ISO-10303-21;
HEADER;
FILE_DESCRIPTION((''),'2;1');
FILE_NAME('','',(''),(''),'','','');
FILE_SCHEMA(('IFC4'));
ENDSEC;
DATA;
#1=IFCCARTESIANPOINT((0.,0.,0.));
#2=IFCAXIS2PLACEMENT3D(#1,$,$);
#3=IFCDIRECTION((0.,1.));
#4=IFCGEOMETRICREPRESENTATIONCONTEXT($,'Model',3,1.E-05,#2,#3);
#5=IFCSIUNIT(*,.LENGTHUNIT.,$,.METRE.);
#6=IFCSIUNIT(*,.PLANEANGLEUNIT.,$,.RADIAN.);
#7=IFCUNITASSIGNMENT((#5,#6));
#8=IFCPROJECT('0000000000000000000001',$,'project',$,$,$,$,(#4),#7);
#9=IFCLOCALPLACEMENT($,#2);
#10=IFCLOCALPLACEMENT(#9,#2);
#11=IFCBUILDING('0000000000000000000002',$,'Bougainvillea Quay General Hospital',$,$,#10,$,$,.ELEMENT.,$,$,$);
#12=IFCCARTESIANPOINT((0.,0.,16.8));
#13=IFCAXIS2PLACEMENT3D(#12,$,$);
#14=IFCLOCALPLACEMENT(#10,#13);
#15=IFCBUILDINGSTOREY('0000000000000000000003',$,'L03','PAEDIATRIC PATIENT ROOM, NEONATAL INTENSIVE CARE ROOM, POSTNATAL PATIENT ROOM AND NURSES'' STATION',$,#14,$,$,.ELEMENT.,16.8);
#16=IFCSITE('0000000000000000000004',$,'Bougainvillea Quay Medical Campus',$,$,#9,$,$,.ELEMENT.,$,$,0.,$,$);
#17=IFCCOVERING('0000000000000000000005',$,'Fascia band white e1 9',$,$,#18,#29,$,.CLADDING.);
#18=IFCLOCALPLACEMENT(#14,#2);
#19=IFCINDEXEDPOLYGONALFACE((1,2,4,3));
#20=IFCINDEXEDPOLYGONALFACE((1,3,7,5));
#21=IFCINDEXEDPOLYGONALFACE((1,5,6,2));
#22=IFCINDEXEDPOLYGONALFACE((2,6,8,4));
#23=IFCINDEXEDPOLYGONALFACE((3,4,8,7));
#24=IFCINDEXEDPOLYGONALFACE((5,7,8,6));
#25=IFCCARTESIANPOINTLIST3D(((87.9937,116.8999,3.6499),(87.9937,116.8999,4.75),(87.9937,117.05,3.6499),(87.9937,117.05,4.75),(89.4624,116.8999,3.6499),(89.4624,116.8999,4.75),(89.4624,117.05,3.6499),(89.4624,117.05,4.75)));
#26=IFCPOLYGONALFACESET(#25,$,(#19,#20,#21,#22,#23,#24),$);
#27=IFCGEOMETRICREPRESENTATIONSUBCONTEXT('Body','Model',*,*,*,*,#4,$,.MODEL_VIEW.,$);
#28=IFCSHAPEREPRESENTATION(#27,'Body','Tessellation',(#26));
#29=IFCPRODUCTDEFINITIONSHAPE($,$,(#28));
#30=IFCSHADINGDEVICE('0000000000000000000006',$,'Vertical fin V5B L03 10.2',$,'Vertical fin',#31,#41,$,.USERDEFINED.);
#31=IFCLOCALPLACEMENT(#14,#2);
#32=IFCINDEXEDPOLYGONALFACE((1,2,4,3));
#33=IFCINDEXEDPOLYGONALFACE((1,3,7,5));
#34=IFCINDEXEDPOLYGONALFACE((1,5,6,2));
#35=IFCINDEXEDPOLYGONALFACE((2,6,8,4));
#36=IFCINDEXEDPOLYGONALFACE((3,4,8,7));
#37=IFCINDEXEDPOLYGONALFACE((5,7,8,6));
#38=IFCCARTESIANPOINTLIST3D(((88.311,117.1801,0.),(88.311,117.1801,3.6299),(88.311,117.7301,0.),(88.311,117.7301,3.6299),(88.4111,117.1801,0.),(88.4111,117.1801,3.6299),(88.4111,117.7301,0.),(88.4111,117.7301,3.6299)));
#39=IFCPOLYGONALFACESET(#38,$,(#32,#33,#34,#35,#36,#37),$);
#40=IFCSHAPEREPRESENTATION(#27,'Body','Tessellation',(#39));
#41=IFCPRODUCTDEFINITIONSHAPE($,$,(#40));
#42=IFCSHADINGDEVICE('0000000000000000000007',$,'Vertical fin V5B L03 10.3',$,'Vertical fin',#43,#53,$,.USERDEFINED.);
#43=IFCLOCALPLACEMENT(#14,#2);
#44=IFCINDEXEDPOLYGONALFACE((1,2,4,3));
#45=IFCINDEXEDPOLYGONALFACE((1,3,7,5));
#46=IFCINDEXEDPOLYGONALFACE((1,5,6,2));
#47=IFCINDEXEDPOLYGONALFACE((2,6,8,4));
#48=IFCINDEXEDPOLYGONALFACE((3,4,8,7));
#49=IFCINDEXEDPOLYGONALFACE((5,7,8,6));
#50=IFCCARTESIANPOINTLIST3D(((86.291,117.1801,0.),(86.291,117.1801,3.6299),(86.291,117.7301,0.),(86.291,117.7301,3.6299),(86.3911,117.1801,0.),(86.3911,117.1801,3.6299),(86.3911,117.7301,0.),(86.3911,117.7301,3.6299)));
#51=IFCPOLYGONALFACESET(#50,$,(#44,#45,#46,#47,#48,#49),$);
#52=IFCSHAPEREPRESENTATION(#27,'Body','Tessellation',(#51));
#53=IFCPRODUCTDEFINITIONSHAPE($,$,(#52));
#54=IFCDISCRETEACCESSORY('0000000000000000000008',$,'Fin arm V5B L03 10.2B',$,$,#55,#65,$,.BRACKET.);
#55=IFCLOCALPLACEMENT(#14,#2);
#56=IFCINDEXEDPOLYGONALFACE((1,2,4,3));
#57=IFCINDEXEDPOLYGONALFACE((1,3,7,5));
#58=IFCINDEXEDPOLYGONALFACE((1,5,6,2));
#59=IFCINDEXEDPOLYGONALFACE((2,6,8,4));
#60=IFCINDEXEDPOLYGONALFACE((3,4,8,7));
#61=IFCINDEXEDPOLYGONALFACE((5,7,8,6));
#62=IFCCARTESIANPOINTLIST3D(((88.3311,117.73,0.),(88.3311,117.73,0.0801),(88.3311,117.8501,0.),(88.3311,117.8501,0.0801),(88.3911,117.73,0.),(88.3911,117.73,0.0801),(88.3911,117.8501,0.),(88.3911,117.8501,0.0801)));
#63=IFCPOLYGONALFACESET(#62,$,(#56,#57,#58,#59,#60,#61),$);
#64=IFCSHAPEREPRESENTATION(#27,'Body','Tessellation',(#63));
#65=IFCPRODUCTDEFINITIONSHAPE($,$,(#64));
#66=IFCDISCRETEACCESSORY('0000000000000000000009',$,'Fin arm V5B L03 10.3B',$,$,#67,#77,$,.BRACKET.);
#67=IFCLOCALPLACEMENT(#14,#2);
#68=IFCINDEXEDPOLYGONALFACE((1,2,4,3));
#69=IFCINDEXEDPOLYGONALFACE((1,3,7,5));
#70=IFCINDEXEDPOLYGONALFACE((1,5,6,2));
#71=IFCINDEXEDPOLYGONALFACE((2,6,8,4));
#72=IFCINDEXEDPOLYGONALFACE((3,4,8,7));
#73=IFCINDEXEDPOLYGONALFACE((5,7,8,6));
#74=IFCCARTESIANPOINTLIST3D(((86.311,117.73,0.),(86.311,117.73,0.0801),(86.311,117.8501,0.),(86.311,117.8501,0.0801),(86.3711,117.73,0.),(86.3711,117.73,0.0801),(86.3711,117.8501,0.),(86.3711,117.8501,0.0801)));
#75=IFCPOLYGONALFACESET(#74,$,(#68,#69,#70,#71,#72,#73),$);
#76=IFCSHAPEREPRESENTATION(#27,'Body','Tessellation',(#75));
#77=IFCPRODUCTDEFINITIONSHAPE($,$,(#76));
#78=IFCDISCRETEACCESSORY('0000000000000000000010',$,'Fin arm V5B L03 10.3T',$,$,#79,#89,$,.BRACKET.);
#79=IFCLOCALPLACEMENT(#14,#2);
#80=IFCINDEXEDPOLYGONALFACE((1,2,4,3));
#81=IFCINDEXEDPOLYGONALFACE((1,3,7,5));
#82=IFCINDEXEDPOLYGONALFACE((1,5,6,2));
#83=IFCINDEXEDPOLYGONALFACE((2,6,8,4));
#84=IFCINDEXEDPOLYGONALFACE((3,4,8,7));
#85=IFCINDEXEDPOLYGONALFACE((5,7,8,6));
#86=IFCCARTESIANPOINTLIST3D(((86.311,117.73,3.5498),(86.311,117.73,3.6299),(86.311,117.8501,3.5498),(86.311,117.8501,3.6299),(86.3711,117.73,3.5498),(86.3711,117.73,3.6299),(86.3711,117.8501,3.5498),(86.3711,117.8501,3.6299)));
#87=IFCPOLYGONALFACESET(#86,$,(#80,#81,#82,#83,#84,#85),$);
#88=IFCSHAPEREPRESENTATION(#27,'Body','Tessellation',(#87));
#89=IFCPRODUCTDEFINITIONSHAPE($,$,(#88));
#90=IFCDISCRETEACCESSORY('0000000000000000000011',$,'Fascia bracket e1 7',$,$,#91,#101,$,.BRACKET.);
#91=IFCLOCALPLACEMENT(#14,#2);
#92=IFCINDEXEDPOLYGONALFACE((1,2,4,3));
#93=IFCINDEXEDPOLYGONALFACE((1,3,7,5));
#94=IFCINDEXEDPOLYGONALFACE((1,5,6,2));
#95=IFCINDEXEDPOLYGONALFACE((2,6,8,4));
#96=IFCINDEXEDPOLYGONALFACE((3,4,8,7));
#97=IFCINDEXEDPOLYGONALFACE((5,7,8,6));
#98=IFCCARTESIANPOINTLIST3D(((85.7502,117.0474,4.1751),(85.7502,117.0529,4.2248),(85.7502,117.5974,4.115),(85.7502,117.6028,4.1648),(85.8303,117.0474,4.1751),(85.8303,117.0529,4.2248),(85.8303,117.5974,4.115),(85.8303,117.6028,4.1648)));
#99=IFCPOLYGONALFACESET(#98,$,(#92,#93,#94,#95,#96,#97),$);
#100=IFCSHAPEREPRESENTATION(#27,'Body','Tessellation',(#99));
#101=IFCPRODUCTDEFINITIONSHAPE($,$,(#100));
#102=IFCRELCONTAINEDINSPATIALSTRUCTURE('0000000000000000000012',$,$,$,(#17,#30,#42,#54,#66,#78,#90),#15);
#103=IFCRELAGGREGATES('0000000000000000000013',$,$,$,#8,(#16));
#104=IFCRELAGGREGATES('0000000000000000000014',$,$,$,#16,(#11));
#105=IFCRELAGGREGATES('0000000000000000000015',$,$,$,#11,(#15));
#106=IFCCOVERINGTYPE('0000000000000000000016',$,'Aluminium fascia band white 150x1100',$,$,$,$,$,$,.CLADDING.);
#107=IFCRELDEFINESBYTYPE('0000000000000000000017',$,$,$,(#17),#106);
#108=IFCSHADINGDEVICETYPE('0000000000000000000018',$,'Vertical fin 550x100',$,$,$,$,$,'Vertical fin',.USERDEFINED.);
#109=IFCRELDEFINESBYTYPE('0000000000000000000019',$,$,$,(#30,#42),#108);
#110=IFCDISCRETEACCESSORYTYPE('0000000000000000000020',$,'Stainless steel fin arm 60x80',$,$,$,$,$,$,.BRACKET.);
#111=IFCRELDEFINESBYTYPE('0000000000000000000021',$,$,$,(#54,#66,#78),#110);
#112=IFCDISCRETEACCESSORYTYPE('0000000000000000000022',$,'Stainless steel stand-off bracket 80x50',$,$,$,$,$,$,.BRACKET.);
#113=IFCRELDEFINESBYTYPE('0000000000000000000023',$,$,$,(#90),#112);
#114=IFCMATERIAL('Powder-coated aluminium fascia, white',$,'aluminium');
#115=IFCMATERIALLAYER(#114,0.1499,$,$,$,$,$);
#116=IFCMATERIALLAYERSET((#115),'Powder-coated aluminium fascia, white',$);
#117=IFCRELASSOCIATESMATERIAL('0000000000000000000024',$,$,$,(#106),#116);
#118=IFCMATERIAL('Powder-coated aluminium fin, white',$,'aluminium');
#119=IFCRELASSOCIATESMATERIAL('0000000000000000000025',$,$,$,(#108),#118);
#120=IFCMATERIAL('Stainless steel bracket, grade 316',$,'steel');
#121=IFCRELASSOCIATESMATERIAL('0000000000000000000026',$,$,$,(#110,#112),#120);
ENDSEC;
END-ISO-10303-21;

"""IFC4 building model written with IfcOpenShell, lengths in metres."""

from ifc_helpers import new_model, si_unit, direction, frame, origin, origin_2d, place, context, subcontext, project, spatial, polyline, rectangle, outline, extrude, material, layer, layer_set, material_profile, profile_set, type_object, element, save


model = new_model("IFC4")

# Units and contexts
model_context = context("Model", 3, precision=1e-05, world=origin(), true_north=direction((0.0, 1.0)))
body_context = subcontext(model_context, "Body", "Model", "MODEL_VIEW")
ifc_project = project(units=[si_unit("LENGTHUNIT", "METRE"), si_unit("PLANEANGLEUNIT", "RADIAN")], contexts=[model_context])

# Site, building, storey
site_placement = place(None, origin())
site = spatial("IfcSite", under=ifc_project, at=site_placement, Name="Bougainvillea Quay Medical Campus", CompositionType="ELEMENT", RefElevation=0.0)
building_placement = place(site_placement, origin())
building = spatial("IfcBuilding", under=site, at=building_placement, Name="Bougainvillea Quay General Hospital", CompositionType="ELEMENT")
storey_placement = place(building_placement, frame((0.0, 0.0, 16.8)))
storey = spatial("IfcBuildingStorey", under=building, at=storey_placement, Name="L03", Description="PAEDIATRIC PATIENT ROOM, NEONATAL INTENSIVE CARE ROOM, POSTNATAL PATIENT ROOM AND NURSES' STATION", CompositionType="ELEMENT", Elevation=16.8)

# Covering
ifc_material_1 = material(Name="Powder-coated aluminium fascia, white", Category="aluminium")
ifc_layer_1 = layer(ifc_material_1, 0.1499)
ifc_layer_set_1 = layer_set([ifc_layer_1], Name="Powder-coated aluminium fascia, white")
covering_type = type_object("IfcCoveringType", Name="Aluminium fascia band white 150x1100", PredefinedType="CLADDING", material=ifc_layer_set_1)
covering_1_placement = place(storey_placement, frame((87.9937, 117.05, 3.6499), z_axis=(0.0, 0.0, 1.0), x_axis=(1.0, 0.0, 0.0)))
element("IfcCovering", 1, at=covering_1_placement, inside=storey, type_object=covering_type, Name="Fascia band white e1 9", PredefinedType="CLADDING", context=body_context, shape_type="SweptSolid", body=[
    extrude(outline(polyline([(0.0, 0.0), (1.4688, 0.0), (1.4688, -0.1501), (0.0, -0.1501), (0.0, 0.0)])), origin(), (0.0, 0.0, 1.0), 1.1001),
])

# Shading devices
ifc_material_2 = material(Name="Powder-coated aluminium fin, white", Category="aluminium")
ifc_material_profile_1 = material_profile(ifc_material_2, rectangle(XDim=0.55, YDim=0.1001, at=origin_2d()))
ifc_profile_set_1 = profile_set([ifc_material_profile_1], Name="Powder-coated aluminium fin, white")
shading_device_type = type_object("IfcShadingDeviceType", Name="Vertical fin 550x100", ElementType="Vertical fin", PredefinedType="USERDEFINED", material=ifc_profile_set_1)
for number, where, z_axis, x_axis, name in (
    (2, (88.3611, 117.4551, 0.0), (0.0, 0.0, 1.0), (0.0, -1.0, 0.0), "Vertical fin V5B L03 10.2"),
    (3, (86.3411, 117.4551, 0.0), (0.0, 0.0, 1.0), (0.0, -1.0, 0.0), "Vertical fin V5B L03 10.3"),
):
    element("IfcShadingDevice", number, at=place(storey_placement, frame(where, z_axis=z_axis, x_axis=x_axis)), inside=storey, type_object=shading_device_type, Name=name, ObjectType="Vertical fin", PredefinedType="USERDEFINED", context=body_context, shape_type="SweptSolid", body=[
        extrude(rectangle(XDim=0.55, YDim=0.1001, at=origin_2d()), origin(), (0.0, 0.0, 1.0), 3.6299),
    ])

# Discrete accessories
ifc_material_3 = material(Name="Stainless steel bracket, grade 316", Category="steel")
discrete_accessory_type_1 = type_object("IfcDiscreteAccessoryType", Name="Stainless steel fin arm 60x80", PredefinedType="BRACKET", material=ifc_material_3)
for number, where, z_axis, x_axis, name in (
    (4, (88.3611, 117.79, 0.0), (0.0, 0.0, 1.0), (0.0, -1.0, 0.0), "Fin arm V5B L03 10.2B"),
    (5, (86.3411, 117.79, 0.0), (0.0, 0.0, 1.0), (0.0, -1.0, 0.0), "Fin arm V5B L03 10.3B"),
    (6, (86.3411, 117.79, 3.5498), (0.0, 0.0, 1.0), (0.0, -1.0, 0.0), "Fin arm V5B L03 10.3T"),
):
    element("IfcDiscreteAccessory", number, at=place(storey_placement, frame(where, z_axis=z_axis, x_axis=x_axis)), inside=storey, type_object=discrete_accessory_type_1, Name=name, PredefinedType="BRACKET", context=body_context, shape_type="SweptSolid", body=[
        extrude(rectangle(XDim=0.1201, YDim=0.0601, at=origin_2d()), origin(), (0.0, 0.0, 1.0), 0.0801),
    ])
ifc_material_profile_2 = material_profile(ifc_material_3, rectangle(XDim=0.0801, YDim=0.05, at=origin_2d()))
ifc_profile_set_2 = profile_set([ifc_material_profile_2], Name="Stainless steel bracket, grade 316")
discrete_accessory_type_2 = type_object("IfcDiscreteAccessoryType", Name="Stainless steel stand-off bracket 80x50", PredefinedType="BRACKET", material=ifc_profile_set_2)
discrete_accessory_placement = place(storey_placement, frame((85.7903, 117.6001, 4.1399), z_axis=(0.0, -0.994092, 0.108543), x_axis=(1.0, 0.0, 0.0)))
element("IfcDiscreteAccessory", 7, at=discrete_accessory_placement, inside=storey, type_object=discrete_accessory_type_2, Name="Fascia bracket e1 7", PredefinedType="BRACKET", context=body_context, shape_type="SweptSolid", body=[
    extrude(rectangle(XDim=0.0801, YDim=0.05, at=origin_2d()), origin(), (0.0, 0.0, 1.0), 0.5532),
])

save(model, "model.ifc")
